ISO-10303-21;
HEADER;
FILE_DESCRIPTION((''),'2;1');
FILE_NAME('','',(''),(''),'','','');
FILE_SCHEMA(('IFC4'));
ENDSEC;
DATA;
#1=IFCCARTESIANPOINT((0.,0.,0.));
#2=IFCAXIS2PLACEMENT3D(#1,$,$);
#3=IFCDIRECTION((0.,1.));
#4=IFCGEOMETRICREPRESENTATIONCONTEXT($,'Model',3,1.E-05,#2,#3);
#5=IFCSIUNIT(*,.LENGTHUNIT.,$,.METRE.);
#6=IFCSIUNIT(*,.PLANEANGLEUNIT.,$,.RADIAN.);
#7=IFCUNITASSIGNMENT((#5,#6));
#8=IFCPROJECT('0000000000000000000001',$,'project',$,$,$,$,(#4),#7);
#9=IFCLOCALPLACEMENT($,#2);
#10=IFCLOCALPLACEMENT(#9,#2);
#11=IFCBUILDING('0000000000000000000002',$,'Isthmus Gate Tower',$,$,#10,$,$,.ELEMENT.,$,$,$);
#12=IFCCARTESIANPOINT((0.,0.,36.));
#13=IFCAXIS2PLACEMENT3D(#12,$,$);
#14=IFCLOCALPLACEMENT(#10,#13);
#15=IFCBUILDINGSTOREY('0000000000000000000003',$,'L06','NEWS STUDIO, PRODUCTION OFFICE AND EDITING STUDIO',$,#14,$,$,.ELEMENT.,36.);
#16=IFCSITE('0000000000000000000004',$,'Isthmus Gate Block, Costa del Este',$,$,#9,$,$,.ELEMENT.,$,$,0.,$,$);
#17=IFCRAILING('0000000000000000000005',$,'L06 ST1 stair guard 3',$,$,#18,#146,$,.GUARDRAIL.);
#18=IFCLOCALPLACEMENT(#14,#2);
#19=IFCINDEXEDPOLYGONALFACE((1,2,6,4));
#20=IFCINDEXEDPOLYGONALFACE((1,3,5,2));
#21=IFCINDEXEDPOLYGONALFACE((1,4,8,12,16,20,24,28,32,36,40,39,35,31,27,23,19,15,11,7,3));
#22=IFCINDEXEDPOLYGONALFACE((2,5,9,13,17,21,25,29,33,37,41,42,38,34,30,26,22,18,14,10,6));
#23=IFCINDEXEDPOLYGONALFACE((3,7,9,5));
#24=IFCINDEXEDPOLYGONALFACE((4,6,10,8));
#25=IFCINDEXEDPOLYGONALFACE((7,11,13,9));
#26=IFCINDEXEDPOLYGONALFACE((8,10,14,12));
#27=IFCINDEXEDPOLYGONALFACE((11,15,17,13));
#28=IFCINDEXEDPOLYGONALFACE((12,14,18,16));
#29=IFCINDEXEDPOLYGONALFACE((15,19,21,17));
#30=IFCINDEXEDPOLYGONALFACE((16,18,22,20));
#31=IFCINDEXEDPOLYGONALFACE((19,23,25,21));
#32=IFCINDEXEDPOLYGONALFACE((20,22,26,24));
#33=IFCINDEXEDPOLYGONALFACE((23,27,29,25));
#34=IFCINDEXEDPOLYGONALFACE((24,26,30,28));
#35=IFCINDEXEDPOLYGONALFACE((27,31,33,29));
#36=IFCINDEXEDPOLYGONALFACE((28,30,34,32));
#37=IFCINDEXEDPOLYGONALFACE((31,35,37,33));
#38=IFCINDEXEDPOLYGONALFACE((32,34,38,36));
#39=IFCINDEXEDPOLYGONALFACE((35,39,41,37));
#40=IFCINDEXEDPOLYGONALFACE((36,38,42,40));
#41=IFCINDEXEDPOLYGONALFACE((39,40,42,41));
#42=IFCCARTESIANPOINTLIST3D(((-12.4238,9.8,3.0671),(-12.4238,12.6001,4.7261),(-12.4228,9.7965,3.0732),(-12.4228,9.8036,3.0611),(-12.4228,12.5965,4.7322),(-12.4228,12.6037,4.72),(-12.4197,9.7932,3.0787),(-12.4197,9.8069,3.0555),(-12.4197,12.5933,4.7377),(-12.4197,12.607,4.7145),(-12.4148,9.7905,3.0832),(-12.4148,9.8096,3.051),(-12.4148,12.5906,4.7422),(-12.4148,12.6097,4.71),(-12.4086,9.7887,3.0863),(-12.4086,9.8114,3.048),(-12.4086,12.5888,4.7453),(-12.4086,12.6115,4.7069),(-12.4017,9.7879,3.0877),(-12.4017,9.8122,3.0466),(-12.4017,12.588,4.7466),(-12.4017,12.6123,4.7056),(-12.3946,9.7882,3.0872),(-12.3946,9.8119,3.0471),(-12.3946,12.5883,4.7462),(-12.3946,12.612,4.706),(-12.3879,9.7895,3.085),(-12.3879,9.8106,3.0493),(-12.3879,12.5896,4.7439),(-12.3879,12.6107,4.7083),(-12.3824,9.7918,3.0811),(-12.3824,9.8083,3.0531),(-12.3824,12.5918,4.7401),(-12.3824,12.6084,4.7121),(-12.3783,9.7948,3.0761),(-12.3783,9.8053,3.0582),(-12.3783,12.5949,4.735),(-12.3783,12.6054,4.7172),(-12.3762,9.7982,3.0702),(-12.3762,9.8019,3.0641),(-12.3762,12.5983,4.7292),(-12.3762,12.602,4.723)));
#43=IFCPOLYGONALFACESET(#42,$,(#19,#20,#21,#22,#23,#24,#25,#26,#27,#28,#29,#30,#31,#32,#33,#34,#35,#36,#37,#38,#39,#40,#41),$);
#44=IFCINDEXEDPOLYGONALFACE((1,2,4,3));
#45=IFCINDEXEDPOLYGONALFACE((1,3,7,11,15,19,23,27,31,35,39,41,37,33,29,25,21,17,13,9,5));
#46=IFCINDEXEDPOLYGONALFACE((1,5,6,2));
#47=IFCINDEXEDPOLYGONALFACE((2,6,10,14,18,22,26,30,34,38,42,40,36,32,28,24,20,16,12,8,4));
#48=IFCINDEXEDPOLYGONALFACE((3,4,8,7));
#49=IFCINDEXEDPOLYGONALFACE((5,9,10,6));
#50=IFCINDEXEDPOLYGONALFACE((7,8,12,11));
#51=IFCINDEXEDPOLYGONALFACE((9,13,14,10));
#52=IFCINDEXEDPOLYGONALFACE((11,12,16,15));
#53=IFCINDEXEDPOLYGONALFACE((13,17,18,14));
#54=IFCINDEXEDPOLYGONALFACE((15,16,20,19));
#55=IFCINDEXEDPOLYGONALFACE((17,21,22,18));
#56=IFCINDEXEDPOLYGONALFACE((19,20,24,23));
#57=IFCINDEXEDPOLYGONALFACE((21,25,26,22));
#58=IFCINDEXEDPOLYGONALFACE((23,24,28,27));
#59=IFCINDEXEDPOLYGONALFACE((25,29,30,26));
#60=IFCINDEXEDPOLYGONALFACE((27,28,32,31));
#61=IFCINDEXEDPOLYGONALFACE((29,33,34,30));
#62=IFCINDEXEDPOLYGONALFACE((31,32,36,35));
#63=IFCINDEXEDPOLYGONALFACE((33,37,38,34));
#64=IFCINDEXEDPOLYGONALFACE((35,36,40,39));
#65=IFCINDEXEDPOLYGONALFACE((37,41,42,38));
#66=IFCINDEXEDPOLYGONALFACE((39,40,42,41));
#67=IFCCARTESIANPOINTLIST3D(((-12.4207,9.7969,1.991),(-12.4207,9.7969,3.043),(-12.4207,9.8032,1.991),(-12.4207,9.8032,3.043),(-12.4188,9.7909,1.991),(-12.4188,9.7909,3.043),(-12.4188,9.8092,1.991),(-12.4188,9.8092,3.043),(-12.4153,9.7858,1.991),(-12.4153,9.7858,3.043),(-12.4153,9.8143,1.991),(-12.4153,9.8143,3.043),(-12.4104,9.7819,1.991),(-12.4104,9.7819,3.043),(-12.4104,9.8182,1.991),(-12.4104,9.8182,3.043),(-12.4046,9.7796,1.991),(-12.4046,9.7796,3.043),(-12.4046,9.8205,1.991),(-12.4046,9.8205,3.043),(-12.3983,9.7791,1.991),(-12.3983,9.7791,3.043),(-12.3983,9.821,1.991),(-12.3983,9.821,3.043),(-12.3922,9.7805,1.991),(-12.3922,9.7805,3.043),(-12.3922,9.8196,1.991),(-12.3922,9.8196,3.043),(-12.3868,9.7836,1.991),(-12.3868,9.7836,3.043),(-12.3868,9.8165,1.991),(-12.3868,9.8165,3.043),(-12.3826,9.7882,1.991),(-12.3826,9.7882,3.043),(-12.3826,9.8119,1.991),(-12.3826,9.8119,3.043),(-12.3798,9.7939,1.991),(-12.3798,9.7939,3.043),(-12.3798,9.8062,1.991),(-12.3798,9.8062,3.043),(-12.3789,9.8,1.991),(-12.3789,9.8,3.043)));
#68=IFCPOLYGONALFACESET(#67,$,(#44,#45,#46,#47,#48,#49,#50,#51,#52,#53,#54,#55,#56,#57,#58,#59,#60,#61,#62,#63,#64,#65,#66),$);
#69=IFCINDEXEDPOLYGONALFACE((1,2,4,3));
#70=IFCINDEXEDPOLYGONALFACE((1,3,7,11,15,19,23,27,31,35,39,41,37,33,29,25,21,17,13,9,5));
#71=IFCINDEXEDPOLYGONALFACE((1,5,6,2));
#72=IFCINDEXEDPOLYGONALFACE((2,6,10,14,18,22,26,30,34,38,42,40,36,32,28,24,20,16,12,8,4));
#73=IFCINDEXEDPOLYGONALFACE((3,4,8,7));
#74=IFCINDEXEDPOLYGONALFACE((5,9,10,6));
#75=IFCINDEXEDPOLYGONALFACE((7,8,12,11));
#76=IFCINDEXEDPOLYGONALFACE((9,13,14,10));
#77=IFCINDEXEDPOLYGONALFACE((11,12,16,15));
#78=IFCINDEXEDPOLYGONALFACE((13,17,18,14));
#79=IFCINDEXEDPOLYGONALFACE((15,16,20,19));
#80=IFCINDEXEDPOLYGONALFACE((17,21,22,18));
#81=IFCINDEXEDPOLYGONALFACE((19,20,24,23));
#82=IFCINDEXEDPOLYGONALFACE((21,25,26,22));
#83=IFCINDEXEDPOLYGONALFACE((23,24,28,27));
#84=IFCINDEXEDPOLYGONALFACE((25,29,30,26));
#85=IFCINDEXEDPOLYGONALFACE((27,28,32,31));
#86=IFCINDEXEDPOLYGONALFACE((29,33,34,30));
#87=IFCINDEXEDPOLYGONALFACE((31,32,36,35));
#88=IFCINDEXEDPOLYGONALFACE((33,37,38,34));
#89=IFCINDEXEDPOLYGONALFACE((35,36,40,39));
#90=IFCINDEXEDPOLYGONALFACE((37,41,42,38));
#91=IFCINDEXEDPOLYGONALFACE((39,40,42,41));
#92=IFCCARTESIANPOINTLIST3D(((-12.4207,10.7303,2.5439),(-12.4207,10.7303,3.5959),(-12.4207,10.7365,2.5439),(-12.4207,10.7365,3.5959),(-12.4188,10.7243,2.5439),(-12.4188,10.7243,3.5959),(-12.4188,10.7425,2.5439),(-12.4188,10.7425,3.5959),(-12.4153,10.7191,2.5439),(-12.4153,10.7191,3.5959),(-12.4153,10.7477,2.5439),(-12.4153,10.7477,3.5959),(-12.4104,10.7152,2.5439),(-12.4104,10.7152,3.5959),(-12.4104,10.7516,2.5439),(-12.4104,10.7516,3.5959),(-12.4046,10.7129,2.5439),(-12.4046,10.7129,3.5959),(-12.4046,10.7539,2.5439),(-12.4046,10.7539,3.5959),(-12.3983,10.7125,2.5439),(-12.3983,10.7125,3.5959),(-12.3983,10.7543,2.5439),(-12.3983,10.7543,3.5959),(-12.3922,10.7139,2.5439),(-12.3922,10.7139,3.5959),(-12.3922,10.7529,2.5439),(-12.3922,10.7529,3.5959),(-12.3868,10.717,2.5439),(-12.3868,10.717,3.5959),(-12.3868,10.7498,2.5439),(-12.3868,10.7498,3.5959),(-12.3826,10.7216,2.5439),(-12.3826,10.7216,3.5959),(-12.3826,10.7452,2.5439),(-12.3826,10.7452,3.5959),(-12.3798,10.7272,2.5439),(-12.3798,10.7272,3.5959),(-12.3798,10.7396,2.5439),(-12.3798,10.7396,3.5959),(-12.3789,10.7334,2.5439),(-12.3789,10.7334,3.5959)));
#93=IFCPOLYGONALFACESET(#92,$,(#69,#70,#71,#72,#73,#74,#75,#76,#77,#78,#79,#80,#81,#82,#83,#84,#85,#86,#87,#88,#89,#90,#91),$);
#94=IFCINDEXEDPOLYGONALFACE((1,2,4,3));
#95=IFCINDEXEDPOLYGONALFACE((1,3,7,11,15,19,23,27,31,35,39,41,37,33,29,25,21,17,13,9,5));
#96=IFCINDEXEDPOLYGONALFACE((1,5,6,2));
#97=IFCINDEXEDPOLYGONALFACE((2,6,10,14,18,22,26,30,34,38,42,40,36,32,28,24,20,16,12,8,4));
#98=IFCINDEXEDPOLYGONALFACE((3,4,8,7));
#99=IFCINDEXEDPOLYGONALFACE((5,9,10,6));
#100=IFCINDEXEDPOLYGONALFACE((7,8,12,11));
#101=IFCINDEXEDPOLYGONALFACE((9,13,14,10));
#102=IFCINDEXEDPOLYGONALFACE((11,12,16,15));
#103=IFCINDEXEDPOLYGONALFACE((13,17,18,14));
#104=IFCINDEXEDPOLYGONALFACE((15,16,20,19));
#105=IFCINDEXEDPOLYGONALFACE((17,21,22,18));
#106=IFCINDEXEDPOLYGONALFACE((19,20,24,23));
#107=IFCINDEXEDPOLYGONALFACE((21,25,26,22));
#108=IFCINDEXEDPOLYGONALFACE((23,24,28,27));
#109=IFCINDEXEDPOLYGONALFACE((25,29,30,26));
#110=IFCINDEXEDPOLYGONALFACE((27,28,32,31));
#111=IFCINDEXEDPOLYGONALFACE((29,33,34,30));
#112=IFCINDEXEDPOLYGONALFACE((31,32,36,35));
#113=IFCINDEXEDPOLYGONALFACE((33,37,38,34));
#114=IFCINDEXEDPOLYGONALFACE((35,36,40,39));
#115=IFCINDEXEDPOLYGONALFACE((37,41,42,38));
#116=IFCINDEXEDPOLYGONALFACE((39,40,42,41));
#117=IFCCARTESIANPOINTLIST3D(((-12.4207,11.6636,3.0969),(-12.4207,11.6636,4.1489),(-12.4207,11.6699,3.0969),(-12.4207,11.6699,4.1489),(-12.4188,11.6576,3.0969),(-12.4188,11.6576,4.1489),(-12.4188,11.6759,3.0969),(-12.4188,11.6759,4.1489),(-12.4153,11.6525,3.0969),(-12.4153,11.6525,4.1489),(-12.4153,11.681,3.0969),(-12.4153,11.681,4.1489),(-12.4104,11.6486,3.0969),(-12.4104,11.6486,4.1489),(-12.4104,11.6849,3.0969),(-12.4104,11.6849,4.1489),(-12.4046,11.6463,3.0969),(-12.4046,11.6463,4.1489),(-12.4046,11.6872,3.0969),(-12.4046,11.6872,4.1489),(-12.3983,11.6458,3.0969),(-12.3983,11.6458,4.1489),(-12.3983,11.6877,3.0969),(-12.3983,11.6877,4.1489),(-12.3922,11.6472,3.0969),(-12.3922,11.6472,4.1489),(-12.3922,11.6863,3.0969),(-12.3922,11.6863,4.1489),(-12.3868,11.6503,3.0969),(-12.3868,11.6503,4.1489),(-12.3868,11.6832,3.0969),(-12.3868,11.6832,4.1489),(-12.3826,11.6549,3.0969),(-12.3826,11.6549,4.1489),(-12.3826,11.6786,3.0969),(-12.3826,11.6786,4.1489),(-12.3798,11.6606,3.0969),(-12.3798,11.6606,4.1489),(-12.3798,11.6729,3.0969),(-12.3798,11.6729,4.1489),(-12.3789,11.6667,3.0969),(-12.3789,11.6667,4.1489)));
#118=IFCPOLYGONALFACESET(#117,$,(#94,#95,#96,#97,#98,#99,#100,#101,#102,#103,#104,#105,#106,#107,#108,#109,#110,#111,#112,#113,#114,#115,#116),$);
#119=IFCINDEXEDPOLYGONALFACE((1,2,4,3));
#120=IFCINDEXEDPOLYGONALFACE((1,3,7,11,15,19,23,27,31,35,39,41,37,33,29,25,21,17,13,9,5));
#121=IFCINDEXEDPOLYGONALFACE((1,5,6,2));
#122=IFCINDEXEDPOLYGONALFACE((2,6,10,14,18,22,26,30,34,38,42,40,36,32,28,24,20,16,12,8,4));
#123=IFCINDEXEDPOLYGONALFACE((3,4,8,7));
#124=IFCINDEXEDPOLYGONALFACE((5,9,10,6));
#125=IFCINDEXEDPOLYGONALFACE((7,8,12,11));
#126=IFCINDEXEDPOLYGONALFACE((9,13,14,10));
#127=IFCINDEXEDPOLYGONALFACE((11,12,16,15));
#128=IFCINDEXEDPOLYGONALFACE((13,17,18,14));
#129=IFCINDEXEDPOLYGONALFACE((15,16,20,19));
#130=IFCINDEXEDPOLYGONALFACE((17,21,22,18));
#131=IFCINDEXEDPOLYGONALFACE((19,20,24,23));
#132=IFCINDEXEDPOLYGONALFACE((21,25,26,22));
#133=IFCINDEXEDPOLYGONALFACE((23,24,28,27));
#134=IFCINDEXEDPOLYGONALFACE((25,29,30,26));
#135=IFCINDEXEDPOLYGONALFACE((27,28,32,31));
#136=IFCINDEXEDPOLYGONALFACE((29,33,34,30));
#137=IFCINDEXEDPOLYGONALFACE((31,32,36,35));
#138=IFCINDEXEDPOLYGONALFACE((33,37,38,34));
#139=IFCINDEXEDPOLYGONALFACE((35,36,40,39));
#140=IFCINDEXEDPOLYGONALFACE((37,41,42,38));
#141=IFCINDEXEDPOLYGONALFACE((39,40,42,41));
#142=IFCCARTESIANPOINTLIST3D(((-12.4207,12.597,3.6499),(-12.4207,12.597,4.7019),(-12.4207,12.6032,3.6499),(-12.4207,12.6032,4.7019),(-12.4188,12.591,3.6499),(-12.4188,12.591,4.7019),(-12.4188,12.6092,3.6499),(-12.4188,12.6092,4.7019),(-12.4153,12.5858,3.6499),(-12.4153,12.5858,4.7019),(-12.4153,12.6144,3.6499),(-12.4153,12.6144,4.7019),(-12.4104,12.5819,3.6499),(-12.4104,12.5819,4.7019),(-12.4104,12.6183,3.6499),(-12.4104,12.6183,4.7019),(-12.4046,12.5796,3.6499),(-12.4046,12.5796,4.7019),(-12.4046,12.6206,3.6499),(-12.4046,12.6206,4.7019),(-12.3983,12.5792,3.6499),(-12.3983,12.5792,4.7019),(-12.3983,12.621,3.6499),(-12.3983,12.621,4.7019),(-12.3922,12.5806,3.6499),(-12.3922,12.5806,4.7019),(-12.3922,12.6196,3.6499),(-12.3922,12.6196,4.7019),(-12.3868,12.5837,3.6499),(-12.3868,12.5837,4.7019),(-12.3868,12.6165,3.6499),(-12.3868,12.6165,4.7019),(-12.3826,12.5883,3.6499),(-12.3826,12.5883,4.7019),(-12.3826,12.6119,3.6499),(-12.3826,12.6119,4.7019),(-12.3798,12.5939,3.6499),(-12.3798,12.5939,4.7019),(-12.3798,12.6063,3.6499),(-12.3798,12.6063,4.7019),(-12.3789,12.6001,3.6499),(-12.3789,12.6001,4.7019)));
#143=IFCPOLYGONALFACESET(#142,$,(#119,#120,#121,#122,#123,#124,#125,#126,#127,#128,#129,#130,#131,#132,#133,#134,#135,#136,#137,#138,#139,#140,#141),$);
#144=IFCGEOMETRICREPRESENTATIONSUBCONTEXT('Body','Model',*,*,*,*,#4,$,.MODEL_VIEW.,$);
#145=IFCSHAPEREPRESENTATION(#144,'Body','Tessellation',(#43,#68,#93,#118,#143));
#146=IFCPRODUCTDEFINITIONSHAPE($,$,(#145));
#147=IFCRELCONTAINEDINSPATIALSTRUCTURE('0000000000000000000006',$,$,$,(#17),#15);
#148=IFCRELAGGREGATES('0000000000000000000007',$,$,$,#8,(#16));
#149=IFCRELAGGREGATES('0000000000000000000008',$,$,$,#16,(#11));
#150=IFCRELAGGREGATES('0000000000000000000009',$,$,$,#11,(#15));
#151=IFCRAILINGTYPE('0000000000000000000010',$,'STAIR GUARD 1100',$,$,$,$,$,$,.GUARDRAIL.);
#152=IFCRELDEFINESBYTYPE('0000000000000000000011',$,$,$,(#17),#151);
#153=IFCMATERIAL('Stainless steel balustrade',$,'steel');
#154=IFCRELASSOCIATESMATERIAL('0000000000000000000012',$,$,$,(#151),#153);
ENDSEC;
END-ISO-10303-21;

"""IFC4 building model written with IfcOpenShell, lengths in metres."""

from ifc_helpers import new_model, si_unit, direction, frame, origin, origin_2d, place, context, subcontext, project, spatial, circle, extrude, material, type_object, element, save


model = new_model("IFC4")

# Units and contexts
model_context = context("Model", 3, precision=1e-05, world=origin(), true_north=direction((0.0, 1.0)))
body_context = subcontext(model_context, "Body", "Model", "MODEL_VIEW")
ifc_project = project(units=[si_unit("LENGTHUNIT", "METRE"), si_unit("PLANEANGLEUNIT", "RADIAN")], contexts=[model_context])

# Site, building, storey
site_placement = place(None, origin())
site = spatial("IfcSite", under=ifc_project, at=site_placement, Name="Isthmus Gate Block, Costa del Este", CompositionType="ELEMENT", RefElevation=0.0)
building_placement = place(site_placement, origin())
building = spatial("IfcBuilding", under=site, at=building_placement, Name="Isthmus Gate Tower", CompositionType="ELEMENT")
storey_placement = place(building_placement, frame((0.0, 0.0, 36.0)))
storey = spatial("IfcBuildingStorey", under=building, at=storey_placement, Name="L06", Description="NEWS STUDIO, PRODUCTION OFFICE AND EDITING STUDIO", CompositionType="ELEMENT", Elevation=36.0)

# Railing
ifc_material_1 = material(Name="Stainless steel balustrade", Category="steel")
railing_type_1 = type_object("IfcRailingType", Name="STAIR GUARD 1100", PredefinedType="GUARDRAIL", material=ifc_material_1)
railing_1_placement = place(storey_placement, frame((-12.3999, 9.8, 1.991)))
element("IfcRailing", 1, at=railing_1_placement, inside=storey, type_object=railing_type_1, Name="L06 ST1 stair guard 3", PredefinedType="GUARDRAIL", context=body_context, shape_type="SweptSolid", body=[
    extrude(circle(Radius=0.0239, at=origin_2d()), frame((0.0, 0.0, 1.0762), z_axis=(0.0, 0.860339, 0.509722), x_axis=(-1.0, 0.0, 0.0)), (0.0, 0.0, 1.0), 3.2546),
    extrude(circle(Radius=0.021, at=origin_2d()), origin(), (0.0, 0.0, 1.0), 1.052),
    extrude(circle(Radius=0.021, at=origin_2d()), frame((0.0, 0.9333, 0.553)), (0.0, 0.0, 1.0), 1.052),
    extrude(circle(Radius=0.021, at=origin_2d()), frame((0.0, 1.8667, 1.106)), (0.0, 0.0, 1.0), 1.052),
    extrude(circle(Radius=0.021, at=origin_2d()), frame((0.0, 2.8, 1.6589)), (0.0, 0.0, 1.0), 1.052),
])

save(model, "model.ifc")
